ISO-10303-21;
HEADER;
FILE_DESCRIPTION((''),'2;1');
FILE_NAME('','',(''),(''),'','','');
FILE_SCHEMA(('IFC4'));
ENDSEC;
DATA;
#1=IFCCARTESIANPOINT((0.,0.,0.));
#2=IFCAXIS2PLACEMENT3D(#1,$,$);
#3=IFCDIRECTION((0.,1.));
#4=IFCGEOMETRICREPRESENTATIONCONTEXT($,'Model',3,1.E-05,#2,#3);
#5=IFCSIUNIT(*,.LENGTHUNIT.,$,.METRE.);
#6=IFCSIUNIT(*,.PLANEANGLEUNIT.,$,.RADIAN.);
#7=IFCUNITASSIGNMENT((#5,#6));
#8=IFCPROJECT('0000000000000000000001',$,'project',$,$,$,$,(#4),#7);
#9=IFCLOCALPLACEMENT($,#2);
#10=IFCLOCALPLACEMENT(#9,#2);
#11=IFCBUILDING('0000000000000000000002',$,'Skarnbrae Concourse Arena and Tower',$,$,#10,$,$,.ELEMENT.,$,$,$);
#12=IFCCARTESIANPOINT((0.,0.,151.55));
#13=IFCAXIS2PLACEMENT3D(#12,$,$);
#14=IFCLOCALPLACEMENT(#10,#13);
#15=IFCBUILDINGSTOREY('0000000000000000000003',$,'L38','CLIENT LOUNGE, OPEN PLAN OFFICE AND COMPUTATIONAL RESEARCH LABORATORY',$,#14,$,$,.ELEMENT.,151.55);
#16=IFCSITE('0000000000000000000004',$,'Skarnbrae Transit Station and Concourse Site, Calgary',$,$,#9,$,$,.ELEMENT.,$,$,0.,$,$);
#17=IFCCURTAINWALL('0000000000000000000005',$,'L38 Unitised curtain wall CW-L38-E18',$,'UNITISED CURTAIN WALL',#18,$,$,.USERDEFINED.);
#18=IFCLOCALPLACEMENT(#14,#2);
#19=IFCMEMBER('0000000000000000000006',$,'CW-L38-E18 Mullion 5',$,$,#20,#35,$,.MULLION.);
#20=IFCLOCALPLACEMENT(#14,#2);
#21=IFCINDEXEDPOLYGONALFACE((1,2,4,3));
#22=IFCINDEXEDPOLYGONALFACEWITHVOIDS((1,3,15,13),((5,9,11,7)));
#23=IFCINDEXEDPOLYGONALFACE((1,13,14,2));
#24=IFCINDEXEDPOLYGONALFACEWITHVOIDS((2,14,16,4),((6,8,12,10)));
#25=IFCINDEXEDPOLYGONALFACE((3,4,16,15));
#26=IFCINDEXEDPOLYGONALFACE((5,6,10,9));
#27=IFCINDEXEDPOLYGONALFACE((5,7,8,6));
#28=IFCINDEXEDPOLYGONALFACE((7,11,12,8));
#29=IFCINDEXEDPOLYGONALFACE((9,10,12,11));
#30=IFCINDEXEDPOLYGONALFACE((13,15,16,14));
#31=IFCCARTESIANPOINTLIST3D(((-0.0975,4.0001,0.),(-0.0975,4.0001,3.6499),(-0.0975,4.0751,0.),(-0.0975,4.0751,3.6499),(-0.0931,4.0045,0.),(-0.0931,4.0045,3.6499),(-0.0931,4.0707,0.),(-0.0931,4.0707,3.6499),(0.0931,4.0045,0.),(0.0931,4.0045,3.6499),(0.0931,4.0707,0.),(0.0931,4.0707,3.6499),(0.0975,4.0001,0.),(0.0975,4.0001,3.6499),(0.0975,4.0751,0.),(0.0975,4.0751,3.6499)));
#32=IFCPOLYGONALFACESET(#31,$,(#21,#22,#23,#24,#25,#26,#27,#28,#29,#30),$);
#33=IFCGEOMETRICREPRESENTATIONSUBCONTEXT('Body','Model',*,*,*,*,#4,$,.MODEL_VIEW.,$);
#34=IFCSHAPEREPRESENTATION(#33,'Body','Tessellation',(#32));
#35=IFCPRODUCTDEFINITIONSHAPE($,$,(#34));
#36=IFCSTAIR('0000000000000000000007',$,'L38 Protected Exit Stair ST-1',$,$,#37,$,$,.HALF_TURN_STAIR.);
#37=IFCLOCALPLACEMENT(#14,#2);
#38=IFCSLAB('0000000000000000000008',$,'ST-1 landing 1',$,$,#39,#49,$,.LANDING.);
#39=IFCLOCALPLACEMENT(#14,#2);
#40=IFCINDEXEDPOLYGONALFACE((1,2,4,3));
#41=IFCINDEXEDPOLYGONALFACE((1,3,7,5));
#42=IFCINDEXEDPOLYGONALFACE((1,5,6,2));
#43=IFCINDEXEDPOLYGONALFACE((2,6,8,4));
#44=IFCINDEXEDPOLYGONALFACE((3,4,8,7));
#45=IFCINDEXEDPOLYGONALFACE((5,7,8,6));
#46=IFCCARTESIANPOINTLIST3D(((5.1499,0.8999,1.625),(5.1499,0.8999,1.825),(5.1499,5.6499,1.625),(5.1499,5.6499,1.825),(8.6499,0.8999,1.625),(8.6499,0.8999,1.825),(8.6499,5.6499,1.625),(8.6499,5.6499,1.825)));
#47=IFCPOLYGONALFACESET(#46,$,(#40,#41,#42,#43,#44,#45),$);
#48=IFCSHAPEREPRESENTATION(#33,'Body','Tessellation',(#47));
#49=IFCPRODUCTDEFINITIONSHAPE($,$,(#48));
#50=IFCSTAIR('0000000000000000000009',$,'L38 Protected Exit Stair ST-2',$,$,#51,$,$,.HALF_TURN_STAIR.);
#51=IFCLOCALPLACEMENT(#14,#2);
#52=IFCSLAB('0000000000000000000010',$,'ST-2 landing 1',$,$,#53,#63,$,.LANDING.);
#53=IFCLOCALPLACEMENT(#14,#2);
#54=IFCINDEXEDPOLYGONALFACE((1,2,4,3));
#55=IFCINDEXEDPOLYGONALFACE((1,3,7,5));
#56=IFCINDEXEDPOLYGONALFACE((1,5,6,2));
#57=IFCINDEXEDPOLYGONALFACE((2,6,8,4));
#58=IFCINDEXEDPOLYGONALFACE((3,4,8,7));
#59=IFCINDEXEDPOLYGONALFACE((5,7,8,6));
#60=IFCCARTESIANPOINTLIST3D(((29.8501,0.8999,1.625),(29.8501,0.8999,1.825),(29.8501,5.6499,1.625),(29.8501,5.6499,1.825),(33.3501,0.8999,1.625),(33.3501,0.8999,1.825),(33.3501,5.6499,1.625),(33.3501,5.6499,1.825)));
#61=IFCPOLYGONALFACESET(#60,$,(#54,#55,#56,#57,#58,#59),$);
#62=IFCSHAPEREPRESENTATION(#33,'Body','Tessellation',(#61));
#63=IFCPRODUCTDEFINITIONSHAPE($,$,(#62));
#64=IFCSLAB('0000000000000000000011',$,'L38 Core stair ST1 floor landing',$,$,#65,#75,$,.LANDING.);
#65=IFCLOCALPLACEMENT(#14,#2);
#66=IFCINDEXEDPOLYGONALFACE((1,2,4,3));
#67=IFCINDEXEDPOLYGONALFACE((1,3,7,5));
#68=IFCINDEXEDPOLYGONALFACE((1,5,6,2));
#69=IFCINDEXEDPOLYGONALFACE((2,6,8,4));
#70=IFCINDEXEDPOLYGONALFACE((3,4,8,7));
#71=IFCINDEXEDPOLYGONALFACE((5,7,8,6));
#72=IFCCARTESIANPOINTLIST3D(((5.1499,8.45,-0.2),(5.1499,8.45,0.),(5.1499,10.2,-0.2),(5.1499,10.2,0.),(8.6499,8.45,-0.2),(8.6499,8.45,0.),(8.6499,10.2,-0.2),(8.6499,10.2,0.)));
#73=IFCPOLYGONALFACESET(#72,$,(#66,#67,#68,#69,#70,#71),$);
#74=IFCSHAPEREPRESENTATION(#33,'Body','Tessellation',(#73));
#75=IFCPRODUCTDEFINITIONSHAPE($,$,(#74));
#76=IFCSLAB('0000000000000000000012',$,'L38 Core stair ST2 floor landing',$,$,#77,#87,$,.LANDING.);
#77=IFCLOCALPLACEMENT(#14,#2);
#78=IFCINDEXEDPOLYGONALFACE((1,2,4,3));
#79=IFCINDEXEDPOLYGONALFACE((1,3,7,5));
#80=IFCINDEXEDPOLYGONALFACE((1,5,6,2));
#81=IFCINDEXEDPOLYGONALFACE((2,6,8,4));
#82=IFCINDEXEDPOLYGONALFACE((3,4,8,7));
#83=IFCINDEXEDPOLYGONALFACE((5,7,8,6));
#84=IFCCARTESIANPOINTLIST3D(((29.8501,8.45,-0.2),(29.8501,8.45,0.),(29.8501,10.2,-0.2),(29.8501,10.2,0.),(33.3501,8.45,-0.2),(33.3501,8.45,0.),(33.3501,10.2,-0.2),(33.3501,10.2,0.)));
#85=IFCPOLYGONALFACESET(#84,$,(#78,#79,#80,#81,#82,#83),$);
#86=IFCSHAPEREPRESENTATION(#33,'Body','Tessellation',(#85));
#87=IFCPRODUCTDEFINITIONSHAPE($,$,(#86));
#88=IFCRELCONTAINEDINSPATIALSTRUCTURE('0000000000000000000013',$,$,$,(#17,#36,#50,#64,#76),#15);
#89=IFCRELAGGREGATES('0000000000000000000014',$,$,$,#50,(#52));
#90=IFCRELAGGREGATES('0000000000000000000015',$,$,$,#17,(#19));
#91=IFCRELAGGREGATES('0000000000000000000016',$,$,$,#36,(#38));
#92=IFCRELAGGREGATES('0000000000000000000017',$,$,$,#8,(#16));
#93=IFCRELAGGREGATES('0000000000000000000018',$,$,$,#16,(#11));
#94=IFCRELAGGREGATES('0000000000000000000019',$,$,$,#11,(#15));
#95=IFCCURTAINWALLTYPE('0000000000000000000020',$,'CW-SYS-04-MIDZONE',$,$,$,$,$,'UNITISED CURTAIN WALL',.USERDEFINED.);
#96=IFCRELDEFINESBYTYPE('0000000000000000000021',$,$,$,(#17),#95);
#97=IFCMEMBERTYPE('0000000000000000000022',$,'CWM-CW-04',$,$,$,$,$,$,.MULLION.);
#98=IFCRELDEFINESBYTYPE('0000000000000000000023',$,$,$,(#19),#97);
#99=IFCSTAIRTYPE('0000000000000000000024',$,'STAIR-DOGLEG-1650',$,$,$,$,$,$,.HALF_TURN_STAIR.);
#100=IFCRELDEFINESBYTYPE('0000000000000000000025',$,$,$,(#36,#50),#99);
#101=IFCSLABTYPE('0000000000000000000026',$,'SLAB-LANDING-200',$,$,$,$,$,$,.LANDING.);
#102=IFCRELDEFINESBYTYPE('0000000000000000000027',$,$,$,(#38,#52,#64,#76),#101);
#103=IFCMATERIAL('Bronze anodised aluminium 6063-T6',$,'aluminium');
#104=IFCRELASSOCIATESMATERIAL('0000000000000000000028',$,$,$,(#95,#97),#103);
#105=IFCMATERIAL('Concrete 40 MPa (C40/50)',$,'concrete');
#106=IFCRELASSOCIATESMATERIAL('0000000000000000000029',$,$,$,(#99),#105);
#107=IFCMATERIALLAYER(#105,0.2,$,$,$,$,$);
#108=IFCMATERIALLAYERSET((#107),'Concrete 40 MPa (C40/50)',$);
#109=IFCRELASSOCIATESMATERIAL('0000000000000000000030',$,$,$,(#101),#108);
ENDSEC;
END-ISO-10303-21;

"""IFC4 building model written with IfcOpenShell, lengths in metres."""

from ifc_helpers import new_model, si_unit, direction, frame, origin, origin_2d, place, context, subcontext, project, spatial, polyline, hollow_rectangle, outline, extrude, source, transform, mapped, material, layer, layer_set, material_profile, profile_set, type_object, element, aggregate, save


model = new_model("IFC4")

# Units and contexts
model_context = context("Model", 3, precision=1e-05, world=origin(), true_north=direction((0.0, 1.0)))
body_context = subcontext(model_context, "Body", "Model", "MODEL_VIEW")
ifc_project = project(units=[si_unit("LENGTHUNIT", "METRE"), si_unit("PLANEANGLEUNIT", "RADIAN")], contexts=[model_context])

# Site, building, storey
site_placement = place(None, origin())
site = spatial("IfcSite", under=ifc_project, at=site_placement, Name="Skarnbrae Transit Station and Concourse Site, Calgary", CompositionType="ELEMENT", RefElevation=0.0)
building_placement = place(site_placement, origin())
building = spatial("IfcBuilding", under=site, at=building_placement, Name="Skarnbrae Concourse Arena and Tower", CompositionType="ELEMENT")
storey_placement = place(building_placement, frame((0.0, 0.0, 151.55)))
storey = spatial("IfcBuildingStorey", under=building, at=storey_placement, Name="L38", Description="CLIENT LOUNGE, OPEN PLAN OFFICE AND COMPUTATIONAL RESEARCH LABORATORY", CompositionType="ELEMENT", Elevation=151.55)

# Curtain wall, member
ifc_material_1 = material(Name="Bronze anodised aluminium 6063-T6", Category="aluminium")
curtain_wall_type = type_object("IfcCurtainWallType", Name="CW-SYS-04-MIDZONE", ElementType="UNITISED CURTAIN WALL", PredefinedType="USERDEFINED", material=ifc_material_1)
curtain_wall_placement = place(storey_placement, origin())
curtain_wall = element("IfcCurtainWall", 1, at=curtain_wall_placement, inside=storey, type_object=curtain_wall_type, Name="L38 Unitised curtain wall CW-L38-E18", ObjectType="UNITISED CURTAIN WALL", PredefinedType="USERDEFINED")
ifc_material_profile = material_profile(ifc_material_1, hollow_rectangle(XDim=0.075, YDim=0.1951, WallThickness=0.0044, at=origin_2d()), Name="ALU-MULL-75X195")
ifc_profile_set = profile_set([ifc_material_profile], Name="Bronze anodised aluminium 6063-T6")
member_type = type_object("IfcMemberType", Name="CWM-CW-04", PredefinedType="MULLION", material=ifc_profile_set)
shared_shape_1 = source(origin(), body_context, "Body", "SweptSolid", [
    extrude(hollow_rectangle(XDim=0.075, YDim=0.1951, WallThickness=0.0044, at=origin_2d()), origin(), (0.0, 0.0, 1.0), 3.6499),
])
member_placement = place(storey_placement, frame((0.0, 4.0376, 0.0), z_axis=(0.0, 0.0, 1.0), x_axis=(0.0, -1.0, 0.0)))
member = element("IfcMember", 2, at=member_placement, type_object=member_type, Name="CW-L38-E18 Mullion 5", PredefinedType="MULLION", context=body_context, shape_type="MappedRepresentation", body=[
    mapped(shared_shape_1, transform((0.0, 0.0, 0.0))),
])

# Stairs, slabs
ifc_material_2 = material(Name="Concrete 40 MPa (C40/50)", Category="concrete")
stair_type = type_object("IfcStairType", Name="STAIR-DOGLEG-1650", PredefinedType="HALF_TURN_STAIR", material=ifc_material_2)
stair_1_placement = place(storey_placement, origin())
stair_1 = element("IfcStair", 3, at=stair_1_placement, inside=storey, type_object=stair_type, Name="L38 Protected Exit Stair ST-1", PredefinedType="HALF_TURN_STAIR")
ifc_layer_1 = layer(ifc_material_2, 0.2)
ifc_layer_set_1 = layer_set([ifc_layer_1], Name="Concrete 40 MPa (C40/50)")
slab_type_1 = type_object("IfcSlabType", Name="SLAB-LANDING-200", PredefinedType="LANDING", material=ifc_layer_set_1)
slab_1_placement = place(storey_placement, frame((0.0, 0.0, 1.625)))
slab_1 = element("IfcSlab", 4, at=slab_1_placement, type_object=slab_type_1, Name="ST-1 landing 1", PredefinedType="LANDING", context=body_context, shape_type="SweptSolid", body=[
    extrude(outline(polyline([(5.1499, 5.6499), (5.1499, 0.8999), (8.6499, 0.8999), (8.6499, 5.6499), (5.1499, 5.6499)])), origin(), (0.0, 0.0, 1.0), 0.2),
])
stair_2_placement = place(storey_placement, origin())
stair_2 = element("IfcStair", 5, at=stair_2_placement, inside=storey, type_object=stair_type, Name="L38 Protected Exit Stair ST-2", PredefinedType="HALF_TURN_STAIR")
slab_2_placement = place(storey_placement, frame((0.0, 0.0, 1.625)))
slab_2 = element("IfcSlab", 6, at=slab_2_placement, type_object=slab_type_1, Name="ST-2 landing 1", PredefinedType="LANDING", context=body_context, shape_type="SweptSolid", body=[
    extrude(outline(polyline([(29.8501, 5.6499), (29.8501, 0.8999), (33.3501, 0.8999), (33.3501, 5.6499), (29.8501, 5.6499)])), origin(), (0.0, 0.0, 1.0), 0.2),
])
aggregate(stair_2, [slab_2])

# Slabs
slab_3_placement = place(storey_placement, frame((0.0, 0.0, -0.2)))
element("IfcSlab", 7, at=slab_3_placement, inside=storey, type_object=slab_type_1, Name="L38 Core stair ST1 floor landing", PredefinedType="LANDING", context=body_context, shape_type="SweptSolid", body=[
    extrude(outline(polyline([(5.1499, 10.2), (5.1499, 8.45), (8.6499, 8.45), (8.6499, 10.2), (5.1499, 10.2)])), origin(), (0.0, 0.0, 1.0), 0.2),
])
slab_4_placement = place(storey_placement, frame((0.0, 0.0, -0.2)))
element("IfcSlab", 8, at=slab_4_placement, inside=storey, type_object=slab_type_1, Name="L38 Core stair ST2 floor landing", PredefinedType="LANDING", context=body_context, shape_type="SweptSolid", body=[
    extrude(outline(polyline([(29.8501, 10.2), (29.8501, 8.45), (33.3501, 8.45), (33.3501, 10.2), (29.8501, 10.2)])), origin(), (0.0, 0.0, 1.0), 0.2),
])

aggregate(curtain_wall, [member])

aggregate(stair_1, [slab_1])

save(model, "model.ifc")
